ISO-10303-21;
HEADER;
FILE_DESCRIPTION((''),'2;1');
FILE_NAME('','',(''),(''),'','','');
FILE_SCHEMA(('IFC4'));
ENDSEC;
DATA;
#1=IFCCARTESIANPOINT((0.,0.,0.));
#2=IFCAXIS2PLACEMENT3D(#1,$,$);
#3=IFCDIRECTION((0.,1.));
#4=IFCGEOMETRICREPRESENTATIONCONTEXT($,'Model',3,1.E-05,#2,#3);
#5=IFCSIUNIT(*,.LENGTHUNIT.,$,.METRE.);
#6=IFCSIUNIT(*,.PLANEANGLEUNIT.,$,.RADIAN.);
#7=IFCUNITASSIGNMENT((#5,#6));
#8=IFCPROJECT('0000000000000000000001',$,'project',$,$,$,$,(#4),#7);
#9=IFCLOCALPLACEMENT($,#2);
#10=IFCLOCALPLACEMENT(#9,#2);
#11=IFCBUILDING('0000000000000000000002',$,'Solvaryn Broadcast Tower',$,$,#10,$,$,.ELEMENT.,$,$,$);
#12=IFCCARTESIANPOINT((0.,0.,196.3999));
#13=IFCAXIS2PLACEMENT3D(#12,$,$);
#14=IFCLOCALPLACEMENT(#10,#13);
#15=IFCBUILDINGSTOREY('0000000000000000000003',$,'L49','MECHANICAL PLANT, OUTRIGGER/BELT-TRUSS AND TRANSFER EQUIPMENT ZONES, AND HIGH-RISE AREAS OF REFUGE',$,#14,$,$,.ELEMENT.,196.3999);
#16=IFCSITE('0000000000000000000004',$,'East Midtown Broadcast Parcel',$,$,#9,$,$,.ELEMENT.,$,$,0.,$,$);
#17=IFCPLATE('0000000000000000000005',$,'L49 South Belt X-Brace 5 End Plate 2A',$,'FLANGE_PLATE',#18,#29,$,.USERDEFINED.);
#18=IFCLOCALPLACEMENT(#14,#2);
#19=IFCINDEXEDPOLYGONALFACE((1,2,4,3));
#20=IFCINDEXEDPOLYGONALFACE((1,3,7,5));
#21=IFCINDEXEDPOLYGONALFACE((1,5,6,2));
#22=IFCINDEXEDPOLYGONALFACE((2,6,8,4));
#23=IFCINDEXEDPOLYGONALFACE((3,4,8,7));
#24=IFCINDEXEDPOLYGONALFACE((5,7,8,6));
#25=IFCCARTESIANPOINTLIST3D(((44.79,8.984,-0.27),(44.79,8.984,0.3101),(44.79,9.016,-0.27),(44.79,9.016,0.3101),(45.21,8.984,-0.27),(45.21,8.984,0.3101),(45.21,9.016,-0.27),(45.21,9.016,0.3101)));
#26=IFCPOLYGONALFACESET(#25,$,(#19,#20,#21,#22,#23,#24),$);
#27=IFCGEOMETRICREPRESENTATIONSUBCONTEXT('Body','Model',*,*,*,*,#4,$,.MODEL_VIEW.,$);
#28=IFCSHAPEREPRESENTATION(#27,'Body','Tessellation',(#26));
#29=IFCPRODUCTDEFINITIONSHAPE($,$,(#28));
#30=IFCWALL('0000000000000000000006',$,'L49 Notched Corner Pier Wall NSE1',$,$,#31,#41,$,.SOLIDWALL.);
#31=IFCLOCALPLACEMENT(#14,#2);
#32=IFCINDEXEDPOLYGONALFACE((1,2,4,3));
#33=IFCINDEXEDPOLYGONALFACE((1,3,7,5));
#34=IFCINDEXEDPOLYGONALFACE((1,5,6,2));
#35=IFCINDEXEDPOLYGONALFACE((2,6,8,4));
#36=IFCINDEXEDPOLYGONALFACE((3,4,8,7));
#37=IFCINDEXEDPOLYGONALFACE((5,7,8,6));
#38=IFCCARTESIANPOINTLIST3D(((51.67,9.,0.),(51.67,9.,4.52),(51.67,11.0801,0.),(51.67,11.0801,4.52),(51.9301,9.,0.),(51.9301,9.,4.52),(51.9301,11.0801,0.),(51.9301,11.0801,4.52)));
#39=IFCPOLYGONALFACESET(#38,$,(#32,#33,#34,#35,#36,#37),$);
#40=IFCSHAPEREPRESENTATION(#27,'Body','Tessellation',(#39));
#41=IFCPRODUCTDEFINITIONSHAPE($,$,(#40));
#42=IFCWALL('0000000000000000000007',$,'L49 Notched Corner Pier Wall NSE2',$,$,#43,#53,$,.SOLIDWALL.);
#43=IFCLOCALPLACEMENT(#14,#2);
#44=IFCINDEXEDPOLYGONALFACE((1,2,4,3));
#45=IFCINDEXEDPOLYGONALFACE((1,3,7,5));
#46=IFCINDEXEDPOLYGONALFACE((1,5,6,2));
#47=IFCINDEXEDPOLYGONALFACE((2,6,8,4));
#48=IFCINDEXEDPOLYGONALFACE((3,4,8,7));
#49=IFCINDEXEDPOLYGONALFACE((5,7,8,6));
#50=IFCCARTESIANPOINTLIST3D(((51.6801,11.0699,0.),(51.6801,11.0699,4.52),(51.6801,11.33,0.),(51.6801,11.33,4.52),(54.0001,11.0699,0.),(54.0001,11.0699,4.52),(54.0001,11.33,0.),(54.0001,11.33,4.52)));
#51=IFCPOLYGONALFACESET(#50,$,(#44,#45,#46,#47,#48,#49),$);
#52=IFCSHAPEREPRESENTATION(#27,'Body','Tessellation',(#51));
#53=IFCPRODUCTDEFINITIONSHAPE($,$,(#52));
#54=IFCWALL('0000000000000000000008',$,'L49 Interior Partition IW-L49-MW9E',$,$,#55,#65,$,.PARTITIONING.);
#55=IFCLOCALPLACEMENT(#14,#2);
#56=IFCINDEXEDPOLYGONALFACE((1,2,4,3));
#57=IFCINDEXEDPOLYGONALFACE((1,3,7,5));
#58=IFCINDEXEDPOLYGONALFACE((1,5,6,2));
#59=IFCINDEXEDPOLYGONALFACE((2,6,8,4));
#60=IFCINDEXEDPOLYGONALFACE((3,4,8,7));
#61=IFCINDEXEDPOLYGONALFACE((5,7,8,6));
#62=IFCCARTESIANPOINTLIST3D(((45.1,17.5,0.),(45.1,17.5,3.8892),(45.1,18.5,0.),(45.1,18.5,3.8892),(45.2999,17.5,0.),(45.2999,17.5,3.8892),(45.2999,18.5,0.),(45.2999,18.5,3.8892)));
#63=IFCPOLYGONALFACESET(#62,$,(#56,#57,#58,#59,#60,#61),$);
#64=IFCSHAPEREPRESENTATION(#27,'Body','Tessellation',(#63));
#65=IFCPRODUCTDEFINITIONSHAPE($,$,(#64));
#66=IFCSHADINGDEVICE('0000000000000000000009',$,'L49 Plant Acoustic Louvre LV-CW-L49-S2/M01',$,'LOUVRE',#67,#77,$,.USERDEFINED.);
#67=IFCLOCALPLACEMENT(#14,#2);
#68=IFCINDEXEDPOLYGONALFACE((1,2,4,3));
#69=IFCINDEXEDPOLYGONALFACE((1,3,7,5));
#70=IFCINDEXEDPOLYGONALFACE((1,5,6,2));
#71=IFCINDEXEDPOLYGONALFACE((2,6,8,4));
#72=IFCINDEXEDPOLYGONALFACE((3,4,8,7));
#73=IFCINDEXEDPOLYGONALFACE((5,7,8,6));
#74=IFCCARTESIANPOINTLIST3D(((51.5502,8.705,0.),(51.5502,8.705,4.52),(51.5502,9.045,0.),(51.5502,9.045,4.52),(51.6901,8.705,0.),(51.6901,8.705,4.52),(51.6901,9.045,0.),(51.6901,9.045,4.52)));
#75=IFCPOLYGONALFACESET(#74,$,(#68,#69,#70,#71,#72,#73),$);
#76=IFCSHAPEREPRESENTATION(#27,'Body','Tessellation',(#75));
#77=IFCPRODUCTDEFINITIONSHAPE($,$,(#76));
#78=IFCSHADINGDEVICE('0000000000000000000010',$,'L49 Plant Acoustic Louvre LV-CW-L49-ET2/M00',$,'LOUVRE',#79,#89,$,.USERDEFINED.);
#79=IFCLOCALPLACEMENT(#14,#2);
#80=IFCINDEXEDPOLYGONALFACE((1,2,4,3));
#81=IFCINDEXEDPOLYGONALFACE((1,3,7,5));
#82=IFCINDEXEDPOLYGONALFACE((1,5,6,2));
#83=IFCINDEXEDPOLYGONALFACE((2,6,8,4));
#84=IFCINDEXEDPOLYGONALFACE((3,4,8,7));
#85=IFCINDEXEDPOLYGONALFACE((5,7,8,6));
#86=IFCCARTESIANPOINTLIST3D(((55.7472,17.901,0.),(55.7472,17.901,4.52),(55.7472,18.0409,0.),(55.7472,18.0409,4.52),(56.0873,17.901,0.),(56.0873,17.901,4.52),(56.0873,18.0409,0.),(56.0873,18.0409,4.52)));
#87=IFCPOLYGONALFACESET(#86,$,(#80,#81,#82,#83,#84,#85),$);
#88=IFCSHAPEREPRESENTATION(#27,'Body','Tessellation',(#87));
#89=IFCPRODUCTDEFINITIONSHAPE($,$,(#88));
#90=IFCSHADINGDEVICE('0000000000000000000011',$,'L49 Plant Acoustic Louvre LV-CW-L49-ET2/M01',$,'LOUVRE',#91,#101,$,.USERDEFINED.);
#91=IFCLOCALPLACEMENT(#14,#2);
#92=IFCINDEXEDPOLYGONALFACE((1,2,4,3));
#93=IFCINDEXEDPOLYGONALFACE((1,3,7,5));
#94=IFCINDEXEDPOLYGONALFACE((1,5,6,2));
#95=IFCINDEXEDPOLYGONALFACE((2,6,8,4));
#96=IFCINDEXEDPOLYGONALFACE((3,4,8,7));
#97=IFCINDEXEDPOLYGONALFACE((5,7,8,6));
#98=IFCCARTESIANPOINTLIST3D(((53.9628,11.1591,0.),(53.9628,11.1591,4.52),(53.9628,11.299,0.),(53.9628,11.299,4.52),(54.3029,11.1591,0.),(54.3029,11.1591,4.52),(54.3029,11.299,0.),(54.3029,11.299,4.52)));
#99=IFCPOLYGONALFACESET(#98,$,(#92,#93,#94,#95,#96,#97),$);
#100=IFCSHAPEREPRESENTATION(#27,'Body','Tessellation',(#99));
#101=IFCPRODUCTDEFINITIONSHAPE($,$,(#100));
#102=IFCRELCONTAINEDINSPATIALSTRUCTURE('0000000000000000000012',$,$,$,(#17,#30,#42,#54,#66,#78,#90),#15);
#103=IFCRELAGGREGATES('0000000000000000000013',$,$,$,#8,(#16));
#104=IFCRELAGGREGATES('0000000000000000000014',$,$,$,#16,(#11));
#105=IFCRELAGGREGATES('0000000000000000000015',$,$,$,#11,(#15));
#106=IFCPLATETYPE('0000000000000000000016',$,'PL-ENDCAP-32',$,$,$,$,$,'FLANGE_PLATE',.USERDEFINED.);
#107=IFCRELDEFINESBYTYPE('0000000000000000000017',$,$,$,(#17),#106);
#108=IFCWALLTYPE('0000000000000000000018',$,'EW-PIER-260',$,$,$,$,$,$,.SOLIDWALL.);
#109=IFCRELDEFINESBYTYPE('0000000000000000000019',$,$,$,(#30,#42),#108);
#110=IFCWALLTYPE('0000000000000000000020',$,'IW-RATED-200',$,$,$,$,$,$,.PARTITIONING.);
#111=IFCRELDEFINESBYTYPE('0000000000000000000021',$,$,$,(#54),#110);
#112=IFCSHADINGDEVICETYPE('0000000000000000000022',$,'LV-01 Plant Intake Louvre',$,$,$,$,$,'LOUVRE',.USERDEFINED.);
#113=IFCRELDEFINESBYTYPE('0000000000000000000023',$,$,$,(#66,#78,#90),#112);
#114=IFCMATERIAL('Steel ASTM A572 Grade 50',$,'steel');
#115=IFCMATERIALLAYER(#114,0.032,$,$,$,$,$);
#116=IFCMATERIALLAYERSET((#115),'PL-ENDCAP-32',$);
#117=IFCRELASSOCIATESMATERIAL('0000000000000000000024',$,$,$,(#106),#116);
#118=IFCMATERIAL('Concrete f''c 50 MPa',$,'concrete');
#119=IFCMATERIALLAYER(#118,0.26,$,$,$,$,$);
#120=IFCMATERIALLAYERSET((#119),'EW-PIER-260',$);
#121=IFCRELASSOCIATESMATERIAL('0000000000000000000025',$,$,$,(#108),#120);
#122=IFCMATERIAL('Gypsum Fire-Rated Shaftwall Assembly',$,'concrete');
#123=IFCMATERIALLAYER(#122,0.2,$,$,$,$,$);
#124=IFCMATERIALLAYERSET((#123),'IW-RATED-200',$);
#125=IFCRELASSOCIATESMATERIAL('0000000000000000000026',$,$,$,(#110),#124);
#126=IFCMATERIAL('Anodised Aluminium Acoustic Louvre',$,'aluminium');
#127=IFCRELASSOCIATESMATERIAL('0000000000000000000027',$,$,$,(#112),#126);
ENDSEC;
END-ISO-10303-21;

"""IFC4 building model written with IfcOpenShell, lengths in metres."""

from ifc_helpers import new_model, si_unit, direction, frame, frame_2d, origin, origin_2d, place, context, subcontext, project, spatial, rectangle, extrude, material, layer, layer_set, type_object, element, save


model = new_model("IFC4")

# Units and contexts
model_context = context("Model", 3, precision=1e-05, world=origin(), true_north=direction((0.0, 1.0)))
body_context = subcontext(model_context, "Body", "Model", "MODEL_VIEW")
ifc_project = project(units=[si_unit("LENGTHUNIT", "METRE"), si_unit("PLANEANGLEUNIT", "RADIAN")], contexts=[model_context])

# Site, building, storey
site_placement = place(None, origin())
site = spatial("IfcSite", under=ifc_project, at=site_placement, Name="East Midtown Broadcast Parcel", CompositionType="ELEMENT", RefElevation=0.0)
building_placement = place(site_placement, origin())
building = spatial("IfcBuilding", under=site, at=building_placement, Name="Solvaryn Broadcast Tower", CompositionType="ELEMENT")
storey_placement = place(building_placement, frame((0.0, 0.0, 196.3999)))
storey = spatial("IfcBuildingStorey", under=building, at=storey_placement, Name="L49", Description="MECHANICAL PLANT, OUTRIGGER/BELT-TRUSS AND TRANSFER EQUIPMENT ZONES, AND HIGH-RISE AREAS OF REFUGE", CompositionType="ELEMENT", Elevation=196.3999)

# Plate
ifc_material_1 = material(Name="Steel ASTM A572 Grade 50", Category="steel")
ifc_layer_1 = layer(ifc_material_1, 0.032)
ifc_layer_set_1 = layer_set([ifc_layer_1], Name="PL-ENDCAP-32")
plate_type_1 = type_object("IfcPlateType", Name="PL-ENDCAP-32", ElementType="FLANGE_PLATE", PredefinedType="USERDEFINED", material=ifc_layer_set_1)
for number, where, z_axis, x_axis, name in (
    (1, (45.0, 9.0, -0.27), (0.0, 0.0, 1.0), (1.0, 0.0, 0.0), "L49 South Belt X-Brace 5 End Plate 2A"),
):
    element("IfcPlate", number, at=place(storey_placement, frame(where, z_axis=z_axis, x_axis=x_axis)), inside=storey, type_object=plate_type_1, Name=name, ObjectType="FLANGE_PLATE", PredefinedType="USERDEFINED", context=body_context, shape_type="SweptSolid", body=[
        extrude(rectangle(XDim=0.4199, YDim=0.032, at=origin_2d()), origin(), (0.0, 0.0, 1.0), 0.5801),
    ])

# Walls
ifc_material_2 = material(Name="Concrete f'c 50 MPa", Category="concrete")
ifc_layer_2 = layer(ifc_material_2, 0.26)
ifc_layer_set_2 = layer_set([ifc_layer_2], Name="EW-PIER-260")
wall_type_1 = type_object("IfcWallType", Name="EW-PIER-260", PredefinedType="SOLIDWALL", material=ifc_layer_set_2)
wall_1_placement = place(storey_placement, frame((51.8, 9.0, 0.0), z_axis=(0.0, 0.0, 1.0), x_axis=(0.0, 1.0, 0.0)))
element("IfcWall", 2, at=wall_1_placement, inside=storey, type_object=wall_type_1, Name="L49 Notched Corner Pier Wall NSE1", PredefinedType="SOLIDWALL", context=body_context, shape_type="SweptSolid", body=[
    extrude(rectangle(XDim=2.0801, YDim=0.26, at=frame_2d((1.04, 0.0))), origin(), (0.0, 0.0, 1.0), 4.52),
])
wall_2_placement = place(storey_placement, frame((51.6799, 11.2, 0.0), z_axis=(0.0, 0.0, 1.0), x_axis=(1.0, 0.0, 0.0)))
element("IfcWall", 3, at=wall_2_placement, inside=storey, type_object=wall_type_1, Name="L49 Notched Corner Pier Wall NSE2", PredefinedType="SOLIDWALL", context=body_context, shape_type="SweptSolid", body=[
    extrude(rectangle(XDim=2.3201, YDim=0.26, at=frame_2d((1.1602, 0.0))), origin(), (0.0, 0.0, 1.0), 4.52),
])
ifc_material_3 = material(Name="Gypsum Fire-Rated Shaftwall Assembly", Category="concrete")
ifc_layer_3 = layer(ifc_material_3, 0.2)
ifc_layer_set_3 = layer_set([ifc_layer_3], Name="IW-RATED-200")
wall_type_2 = type_object("IfcWallType", Name="IW-RATED-200", PredefinedType="PARTITIONING", material=ifc_layer_set_3)
wall_3_placement = place(storey_placement, frame((45.2, 17.5, 0.0), z_axis=(0.0, 0.0, 1.0), x_axis=(0.0, 1.0, 0.0)))
element("IfcWall", 4, at=wall_3_placement, inside=storey, type_object=wall_type_2, Name="L49 Interior Partition IW-L49-MW9E", PredefinedType="PARTITIONING", context=body_context, shape_type="SweptSolid", body=[
    extrude(rectangle(XDim=1.0, YDim=0.2, at=frame_2d((0.5, 0.0))), origin(), (0.0, 0.0, 1.0), 3.8892),
])

# Shading devices
ifc_material_4 = material(Name="Anodised Aluminium Acoustic Louvre", Category="aluminium")
shading_device_type = type_object("IfcShadingDeviceType", Name="LV-01 Plant Intake Louvre", ElementType="LOUVRE", PredefinedType="USERDEFINED", material=ifc_material_4)
shading_device_placement = place(storey_placement, frame((51.6201, 8.875, 0.0), z_axis=(0.0, 0.0, 1.0), x_axis=(1.0, 0.0, 0.0)))
element("IfcShadingDevice", 5, at=shading_device_placement, inside=storey, type_object=shading_device_type, Name="L49 Plant Acoustic Louvre LV-CW-L49-S2/M01", ObjectType="LOUVRE", PredefinedType="USERDEFINED", context=body_context, shape_type="SweptSolid", body=[
    extrude(rectangle(XDim=0.1399, YDim=0.3401, at=origin_2d()), origin(), (0.0, 0.0, 1.0), 4.52),
])
for number, where, z_axis, x_axis, name in (
    (6, (55.9172, 17.9709, 0.0), (0.0, 0.0, 1.0), (1.0, 0.0, 0.0), "L49 Plant Acoustic Louvre LV-CW-L49-ET2/M00"),
    (7, (54.1328, 11.229, 0.0), (0.0, 0.0, 1.0), (1.0, 0.0, 0.0), "L49 Plant Acoustic Louvre LV-CW-L49-ET2/M01"),
):
    element("IfcShadingDevice", number, at=place(storey_placement, frame(where, z_axis=z_axis, x_axis=x_axis)), inside=storey, type_object=shading_device_type, Name=name, ObjectType="LOUVRE", PredefinedType="USERDEFINED", context=body_context, shape_type="SweptSolid", body=[
        extrude(rectangle(XDim=0.3401, YDim=0.1399, at=origin_2d()), origin(), (0.0, 0.0, 1.0), 4.52),
    ])

save(model, "model.ifc")
